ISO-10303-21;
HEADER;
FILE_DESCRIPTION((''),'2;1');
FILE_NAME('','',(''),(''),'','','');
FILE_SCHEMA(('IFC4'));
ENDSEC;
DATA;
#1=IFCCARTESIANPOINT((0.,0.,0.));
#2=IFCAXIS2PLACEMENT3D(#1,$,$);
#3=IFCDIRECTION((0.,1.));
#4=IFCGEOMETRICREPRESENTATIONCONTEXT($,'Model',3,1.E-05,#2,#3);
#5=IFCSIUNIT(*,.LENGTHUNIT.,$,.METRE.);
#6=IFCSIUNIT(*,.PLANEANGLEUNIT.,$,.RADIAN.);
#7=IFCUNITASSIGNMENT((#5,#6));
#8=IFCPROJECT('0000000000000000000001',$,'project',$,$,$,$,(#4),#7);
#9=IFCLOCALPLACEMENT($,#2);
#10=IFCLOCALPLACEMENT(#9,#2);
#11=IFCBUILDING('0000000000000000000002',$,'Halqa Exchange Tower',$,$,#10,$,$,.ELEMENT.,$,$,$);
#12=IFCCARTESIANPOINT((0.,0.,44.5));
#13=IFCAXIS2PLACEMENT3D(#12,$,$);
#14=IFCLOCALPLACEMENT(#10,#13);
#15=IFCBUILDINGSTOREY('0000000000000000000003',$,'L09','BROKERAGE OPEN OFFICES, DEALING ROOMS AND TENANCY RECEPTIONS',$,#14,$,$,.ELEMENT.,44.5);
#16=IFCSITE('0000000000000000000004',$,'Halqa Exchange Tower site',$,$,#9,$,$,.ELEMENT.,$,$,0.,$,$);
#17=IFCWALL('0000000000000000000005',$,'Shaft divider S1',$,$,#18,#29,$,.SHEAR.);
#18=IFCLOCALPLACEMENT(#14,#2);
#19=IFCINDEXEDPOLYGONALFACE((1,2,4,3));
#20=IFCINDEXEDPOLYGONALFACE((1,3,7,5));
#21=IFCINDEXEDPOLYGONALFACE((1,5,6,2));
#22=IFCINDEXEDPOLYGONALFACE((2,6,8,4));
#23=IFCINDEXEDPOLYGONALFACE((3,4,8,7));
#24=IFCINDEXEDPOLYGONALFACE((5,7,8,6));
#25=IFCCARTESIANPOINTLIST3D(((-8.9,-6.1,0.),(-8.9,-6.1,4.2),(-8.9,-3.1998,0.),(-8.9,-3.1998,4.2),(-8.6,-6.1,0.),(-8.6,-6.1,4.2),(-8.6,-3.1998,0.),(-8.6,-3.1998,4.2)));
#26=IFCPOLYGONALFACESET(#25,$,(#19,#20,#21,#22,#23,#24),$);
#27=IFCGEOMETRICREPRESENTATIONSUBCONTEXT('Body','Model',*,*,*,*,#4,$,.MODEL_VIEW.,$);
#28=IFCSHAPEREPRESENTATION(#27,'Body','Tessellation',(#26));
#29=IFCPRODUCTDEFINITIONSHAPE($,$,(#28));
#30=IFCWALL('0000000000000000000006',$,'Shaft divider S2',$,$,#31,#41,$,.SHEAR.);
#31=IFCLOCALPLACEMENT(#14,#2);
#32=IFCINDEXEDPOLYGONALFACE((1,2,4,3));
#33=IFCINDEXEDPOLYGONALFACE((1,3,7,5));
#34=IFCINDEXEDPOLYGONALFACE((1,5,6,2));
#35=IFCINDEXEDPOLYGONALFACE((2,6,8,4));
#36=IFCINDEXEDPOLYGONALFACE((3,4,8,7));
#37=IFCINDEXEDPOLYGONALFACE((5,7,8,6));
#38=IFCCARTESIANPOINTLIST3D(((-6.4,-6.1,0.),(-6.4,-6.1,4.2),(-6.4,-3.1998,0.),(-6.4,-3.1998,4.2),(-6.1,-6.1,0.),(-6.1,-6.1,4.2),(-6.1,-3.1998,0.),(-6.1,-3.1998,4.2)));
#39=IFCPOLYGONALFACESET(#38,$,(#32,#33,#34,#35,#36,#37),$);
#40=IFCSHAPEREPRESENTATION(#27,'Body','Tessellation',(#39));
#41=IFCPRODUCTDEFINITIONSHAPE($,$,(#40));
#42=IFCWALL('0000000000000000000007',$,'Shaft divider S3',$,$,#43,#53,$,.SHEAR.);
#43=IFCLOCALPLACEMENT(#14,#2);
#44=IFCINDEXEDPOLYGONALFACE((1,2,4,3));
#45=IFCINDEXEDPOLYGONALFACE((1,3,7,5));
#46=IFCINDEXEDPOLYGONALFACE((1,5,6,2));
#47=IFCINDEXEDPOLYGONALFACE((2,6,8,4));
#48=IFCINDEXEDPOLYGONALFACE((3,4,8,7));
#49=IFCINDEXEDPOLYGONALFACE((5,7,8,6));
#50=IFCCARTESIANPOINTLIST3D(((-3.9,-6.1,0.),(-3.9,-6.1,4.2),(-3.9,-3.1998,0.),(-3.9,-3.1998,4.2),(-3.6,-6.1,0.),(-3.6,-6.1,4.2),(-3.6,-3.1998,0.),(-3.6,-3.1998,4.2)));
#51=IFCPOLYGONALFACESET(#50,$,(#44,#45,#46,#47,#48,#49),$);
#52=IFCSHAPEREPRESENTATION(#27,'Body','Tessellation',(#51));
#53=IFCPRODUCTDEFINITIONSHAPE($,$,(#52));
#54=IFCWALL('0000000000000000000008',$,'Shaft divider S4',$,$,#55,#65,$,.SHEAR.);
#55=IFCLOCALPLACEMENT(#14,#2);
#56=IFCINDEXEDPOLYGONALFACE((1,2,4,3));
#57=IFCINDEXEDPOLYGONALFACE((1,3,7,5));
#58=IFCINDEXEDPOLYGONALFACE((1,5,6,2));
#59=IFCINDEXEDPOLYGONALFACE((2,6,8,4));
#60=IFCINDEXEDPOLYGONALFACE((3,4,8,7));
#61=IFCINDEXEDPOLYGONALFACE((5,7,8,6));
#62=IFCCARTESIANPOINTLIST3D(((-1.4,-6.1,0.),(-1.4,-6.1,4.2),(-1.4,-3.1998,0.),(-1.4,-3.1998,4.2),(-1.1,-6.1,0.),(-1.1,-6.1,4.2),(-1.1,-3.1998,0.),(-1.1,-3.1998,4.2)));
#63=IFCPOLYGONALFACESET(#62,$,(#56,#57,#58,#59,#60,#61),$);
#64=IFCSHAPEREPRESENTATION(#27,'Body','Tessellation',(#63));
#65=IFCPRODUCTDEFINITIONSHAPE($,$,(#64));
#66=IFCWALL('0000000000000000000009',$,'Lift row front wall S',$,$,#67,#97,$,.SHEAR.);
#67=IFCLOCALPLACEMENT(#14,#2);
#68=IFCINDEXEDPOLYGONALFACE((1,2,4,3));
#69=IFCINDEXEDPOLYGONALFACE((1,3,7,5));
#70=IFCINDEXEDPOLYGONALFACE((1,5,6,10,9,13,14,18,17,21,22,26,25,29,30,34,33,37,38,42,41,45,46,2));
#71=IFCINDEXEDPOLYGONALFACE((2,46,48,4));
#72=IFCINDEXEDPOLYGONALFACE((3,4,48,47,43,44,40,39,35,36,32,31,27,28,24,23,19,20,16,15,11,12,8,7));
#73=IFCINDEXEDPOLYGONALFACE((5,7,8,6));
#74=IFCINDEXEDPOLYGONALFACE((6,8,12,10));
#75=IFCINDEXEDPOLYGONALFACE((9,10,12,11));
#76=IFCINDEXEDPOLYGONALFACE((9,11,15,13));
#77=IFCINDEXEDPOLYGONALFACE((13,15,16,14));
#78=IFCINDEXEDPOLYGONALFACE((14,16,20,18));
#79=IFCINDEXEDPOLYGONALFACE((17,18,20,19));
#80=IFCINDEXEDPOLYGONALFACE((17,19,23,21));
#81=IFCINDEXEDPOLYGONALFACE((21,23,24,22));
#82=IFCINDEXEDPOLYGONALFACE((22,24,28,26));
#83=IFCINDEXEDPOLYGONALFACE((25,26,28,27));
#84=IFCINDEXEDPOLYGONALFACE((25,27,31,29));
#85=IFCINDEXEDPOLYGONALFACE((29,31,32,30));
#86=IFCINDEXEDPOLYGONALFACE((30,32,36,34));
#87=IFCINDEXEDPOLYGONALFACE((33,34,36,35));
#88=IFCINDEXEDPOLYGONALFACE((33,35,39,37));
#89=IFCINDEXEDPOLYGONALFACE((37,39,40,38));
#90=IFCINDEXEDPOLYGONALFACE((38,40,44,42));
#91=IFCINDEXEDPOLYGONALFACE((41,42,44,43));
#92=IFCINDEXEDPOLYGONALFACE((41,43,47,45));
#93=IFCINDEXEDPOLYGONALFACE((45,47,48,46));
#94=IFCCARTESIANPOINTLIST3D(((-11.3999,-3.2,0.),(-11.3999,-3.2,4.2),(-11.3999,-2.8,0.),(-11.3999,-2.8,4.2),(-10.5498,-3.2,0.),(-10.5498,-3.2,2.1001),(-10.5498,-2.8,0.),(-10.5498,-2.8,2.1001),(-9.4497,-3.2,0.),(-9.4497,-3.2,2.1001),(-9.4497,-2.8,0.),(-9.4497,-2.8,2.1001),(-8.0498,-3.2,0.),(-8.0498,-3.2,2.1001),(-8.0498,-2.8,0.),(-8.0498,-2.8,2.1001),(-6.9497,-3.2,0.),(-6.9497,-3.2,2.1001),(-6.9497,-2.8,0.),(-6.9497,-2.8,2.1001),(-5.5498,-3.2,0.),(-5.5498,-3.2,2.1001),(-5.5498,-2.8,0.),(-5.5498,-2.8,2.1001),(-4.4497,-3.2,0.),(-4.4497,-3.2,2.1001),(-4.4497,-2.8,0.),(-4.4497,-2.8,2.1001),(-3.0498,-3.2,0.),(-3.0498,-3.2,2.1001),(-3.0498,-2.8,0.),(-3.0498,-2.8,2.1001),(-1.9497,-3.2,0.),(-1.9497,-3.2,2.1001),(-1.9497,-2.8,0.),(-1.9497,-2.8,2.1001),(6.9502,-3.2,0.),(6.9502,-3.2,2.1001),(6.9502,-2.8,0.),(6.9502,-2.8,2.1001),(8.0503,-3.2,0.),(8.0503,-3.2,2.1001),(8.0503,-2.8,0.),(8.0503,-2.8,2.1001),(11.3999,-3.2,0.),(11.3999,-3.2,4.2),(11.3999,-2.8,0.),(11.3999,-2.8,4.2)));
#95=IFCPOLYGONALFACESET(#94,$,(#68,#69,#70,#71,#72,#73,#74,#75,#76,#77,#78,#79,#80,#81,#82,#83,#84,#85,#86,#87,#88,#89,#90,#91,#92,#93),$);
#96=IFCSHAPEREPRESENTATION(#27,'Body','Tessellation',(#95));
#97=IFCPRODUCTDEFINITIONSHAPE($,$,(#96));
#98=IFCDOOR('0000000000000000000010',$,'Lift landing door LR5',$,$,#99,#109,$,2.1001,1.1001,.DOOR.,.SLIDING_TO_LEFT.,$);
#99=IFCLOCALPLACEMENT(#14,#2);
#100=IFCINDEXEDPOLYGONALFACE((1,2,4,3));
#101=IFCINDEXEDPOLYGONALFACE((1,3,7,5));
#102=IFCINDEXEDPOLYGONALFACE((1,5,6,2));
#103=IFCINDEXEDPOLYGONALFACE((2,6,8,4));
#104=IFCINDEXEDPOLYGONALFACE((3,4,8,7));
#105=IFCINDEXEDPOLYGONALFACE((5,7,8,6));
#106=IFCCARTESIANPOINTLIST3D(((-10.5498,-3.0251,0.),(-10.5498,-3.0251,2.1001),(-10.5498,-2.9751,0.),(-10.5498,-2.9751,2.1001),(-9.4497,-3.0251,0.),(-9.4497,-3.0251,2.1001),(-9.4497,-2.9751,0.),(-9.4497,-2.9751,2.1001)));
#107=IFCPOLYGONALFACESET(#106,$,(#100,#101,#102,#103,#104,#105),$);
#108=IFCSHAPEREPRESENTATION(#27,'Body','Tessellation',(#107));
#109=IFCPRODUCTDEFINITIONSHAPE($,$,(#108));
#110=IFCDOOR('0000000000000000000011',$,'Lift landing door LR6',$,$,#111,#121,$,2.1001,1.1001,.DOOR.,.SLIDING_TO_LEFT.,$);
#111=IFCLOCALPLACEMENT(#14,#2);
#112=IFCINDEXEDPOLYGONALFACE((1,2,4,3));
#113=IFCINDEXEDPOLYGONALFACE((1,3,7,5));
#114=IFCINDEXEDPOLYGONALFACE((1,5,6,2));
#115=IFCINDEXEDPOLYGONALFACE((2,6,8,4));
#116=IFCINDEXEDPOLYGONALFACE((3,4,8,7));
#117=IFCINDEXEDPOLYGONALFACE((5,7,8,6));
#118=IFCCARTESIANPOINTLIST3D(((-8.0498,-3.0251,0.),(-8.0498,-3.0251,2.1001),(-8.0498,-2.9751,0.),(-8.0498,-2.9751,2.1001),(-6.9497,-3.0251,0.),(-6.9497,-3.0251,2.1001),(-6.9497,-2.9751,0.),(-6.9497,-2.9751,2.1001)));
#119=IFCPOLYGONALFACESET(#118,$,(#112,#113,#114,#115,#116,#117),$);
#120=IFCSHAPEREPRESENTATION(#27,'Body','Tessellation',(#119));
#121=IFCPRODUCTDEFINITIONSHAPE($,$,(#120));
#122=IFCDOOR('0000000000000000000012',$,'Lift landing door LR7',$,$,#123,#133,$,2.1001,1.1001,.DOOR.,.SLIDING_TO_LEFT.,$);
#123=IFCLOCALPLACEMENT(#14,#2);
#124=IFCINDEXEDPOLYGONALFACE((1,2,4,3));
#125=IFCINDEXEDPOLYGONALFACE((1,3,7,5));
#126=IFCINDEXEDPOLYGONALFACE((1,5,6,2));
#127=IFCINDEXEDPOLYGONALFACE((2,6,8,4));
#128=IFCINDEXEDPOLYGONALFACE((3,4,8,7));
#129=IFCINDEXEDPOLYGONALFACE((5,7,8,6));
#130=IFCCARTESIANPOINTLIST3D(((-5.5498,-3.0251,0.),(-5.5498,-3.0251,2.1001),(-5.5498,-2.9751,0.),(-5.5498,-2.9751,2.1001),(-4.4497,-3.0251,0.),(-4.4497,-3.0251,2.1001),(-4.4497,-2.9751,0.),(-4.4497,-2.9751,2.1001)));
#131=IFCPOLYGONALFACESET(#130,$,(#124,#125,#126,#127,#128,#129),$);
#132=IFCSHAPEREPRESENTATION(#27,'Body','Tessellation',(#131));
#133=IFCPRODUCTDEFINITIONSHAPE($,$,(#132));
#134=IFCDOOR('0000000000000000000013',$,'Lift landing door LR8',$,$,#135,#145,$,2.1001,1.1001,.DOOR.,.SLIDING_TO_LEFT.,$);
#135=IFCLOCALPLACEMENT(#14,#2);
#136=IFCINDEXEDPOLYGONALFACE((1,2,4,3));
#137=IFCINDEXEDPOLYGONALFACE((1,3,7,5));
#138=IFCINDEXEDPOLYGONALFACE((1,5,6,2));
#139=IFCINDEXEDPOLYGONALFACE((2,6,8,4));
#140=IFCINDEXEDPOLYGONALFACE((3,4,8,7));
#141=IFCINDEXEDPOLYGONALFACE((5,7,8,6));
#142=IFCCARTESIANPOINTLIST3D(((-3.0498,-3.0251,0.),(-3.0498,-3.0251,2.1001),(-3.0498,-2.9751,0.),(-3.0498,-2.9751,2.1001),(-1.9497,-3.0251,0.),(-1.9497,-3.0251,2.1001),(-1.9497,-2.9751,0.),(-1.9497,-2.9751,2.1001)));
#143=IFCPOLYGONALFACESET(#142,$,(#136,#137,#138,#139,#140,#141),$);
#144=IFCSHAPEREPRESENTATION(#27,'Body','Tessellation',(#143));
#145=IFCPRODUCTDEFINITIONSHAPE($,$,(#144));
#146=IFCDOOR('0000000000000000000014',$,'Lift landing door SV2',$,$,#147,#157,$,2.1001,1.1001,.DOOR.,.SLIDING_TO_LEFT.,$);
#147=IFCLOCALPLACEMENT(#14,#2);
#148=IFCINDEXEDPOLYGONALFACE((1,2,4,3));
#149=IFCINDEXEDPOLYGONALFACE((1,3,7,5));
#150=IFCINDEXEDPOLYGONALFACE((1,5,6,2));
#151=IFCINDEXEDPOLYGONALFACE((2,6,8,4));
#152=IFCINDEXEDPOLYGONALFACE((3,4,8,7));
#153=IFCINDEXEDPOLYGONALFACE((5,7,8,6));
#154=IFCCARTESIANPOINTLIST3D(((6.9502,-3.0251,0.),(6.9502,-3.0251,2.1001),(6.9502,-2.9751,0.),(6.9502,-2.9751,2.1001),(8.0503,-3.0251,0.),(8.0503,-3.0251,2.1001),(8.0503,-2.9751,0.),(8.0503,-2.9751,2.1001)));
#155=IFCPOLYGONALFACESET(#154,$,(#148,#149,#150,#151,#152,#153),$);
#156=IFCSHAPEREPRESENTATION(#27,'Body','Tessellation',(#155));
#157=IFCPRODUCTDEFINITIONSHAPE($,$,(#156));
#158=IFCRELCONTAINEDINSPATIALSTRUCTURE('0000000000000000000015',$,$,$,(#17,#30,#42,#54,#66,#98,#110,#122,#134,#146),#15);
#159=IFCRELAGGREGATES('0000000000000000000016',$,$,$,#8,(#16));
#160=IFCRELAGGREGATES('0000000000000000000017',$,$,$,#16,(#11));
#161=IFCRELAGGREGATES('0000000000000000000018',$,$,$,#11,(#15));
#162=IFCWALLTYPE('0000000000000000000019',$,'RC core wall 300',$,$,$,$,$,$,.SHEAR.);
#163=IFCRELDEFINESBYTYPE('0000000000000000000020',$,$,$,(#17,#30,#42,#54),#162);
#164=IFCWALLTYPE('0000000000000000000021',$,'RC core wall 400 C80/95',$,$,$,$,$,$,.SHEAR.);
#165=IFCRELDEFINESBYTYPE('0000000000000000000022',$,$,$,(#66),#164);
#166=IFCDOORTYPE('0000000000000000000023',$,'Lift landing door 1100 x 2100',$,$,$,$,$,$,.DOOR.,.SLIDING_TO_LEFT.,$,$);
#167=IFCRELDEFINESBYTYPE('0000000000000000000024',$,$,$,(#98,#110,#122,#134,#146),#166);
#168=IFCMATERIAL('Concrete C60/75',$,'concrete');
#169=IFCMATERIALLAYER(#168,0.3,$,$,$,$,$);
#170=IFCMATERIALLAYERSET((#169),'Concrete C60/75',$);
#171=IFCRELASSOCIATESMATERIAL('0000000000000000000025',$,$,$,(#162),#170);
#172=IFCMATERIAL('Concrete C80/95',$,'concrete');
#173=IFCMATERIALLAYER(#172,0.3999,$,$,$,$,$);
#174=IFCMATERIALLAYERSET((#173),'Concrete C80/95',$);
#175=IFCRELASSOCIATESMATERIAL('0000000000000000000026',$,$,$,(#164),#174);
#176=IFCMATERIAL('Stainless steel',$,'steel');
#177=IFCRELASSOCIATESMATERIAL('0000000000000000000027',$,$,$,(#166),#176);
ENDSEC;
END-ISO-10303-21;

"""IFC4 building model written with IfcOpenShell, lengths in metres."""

from ifc_helpers import new_model, si_unit, direction, frame, frame_2d, origin, place, context, subcontext, project, spatial, rectangle, extrude, material, layer, layer_set, type_object, element, fill, save


model = new_model("IFC4")

# Units and contexts
model_context = context("Model", 3, precision=1e-05, world=origin(), true_north=direction((0.0, 1.0)))
body_context = subcontext(model_context, "Body", "Model", "MODEL_VIEW")
ifc_project = project(units=[si_unit("LENGTHUNIT", "METRE"), si_unit("PLANEANGLEUNIT", "RADIAN")], contexts=[model_context])

# Site, building, storey
site_placement = place(None, origin())
site = spatial("IfcSite", under=ifc_project, at=site_placement, Name="Halqa Exchange Tower site", CompositionType="ELEMENT", RefElevation=0.0)
building_placement = place(site_placement, origin())
building = spatial("IfcBuilding", under=site, at=building_placement, Name="Halqa Exchange Tower", CompositionType="ELEMENT")
storey_placement = place(building_placement, frame((0.0, 0.0, 44.5)))
storey = spatial("IfcBuildingStorey", under=building, at=storey_placement, Name="L09", Description="BROKERAGE OPEN OFFICES, DEALING ROOMS AND TENANCY RECEPTIONS", CompositionType="ELEMENT", Elevation=44.5)

# Walls
ifc_material_1 = material(Name="Concrete C60/75", Category="concrete")
ifc_layer_1 = layer(ifc_material_1, 0.3)
ifc_layer_set_1 = layer_set([ifc_layer_1], Name="Concrete C60/75")
wall_type_1 = type_object("IfcWallType", Name="RC core wall 300", PredefinedType="SHEAR", material=ifc_layer_set_1)
for number, where, z_axis, x_axis, name in (
    (1, (-8.75, -6.1001, 0.0), (0.0, 0.0, 1.0), (0.0, 1.0, 0.0), "Shaft divider S1"),
    (2, (-6.25, -6.1001, 0.0), (0.0, 0.0, 1.0), (0.0, 1.0, 0.0), "Shaft divider S2"),
    (3, (-3.75, -6.1001, 0.0), (0.0, 0.0, 1.0), (0.0, 1.0, 0.0), "Shaft divider S3"),
    (4, (-1.25, -6.1001, 0.0), (0.0, 0.0, 1.0), (0.0, 1.0, 0.0), "Shaft divider S4"),
):
    element("IfcWall", number, at=place(storey_placement, frame(where, z_axis=z_axis, x_axis=x_axis)), inside=storey, type_object=wall_type_1, Name=name, PredefinedType="SHEAR", context=body_context, shape_type="SweptSolid", body=[
        extrude(rectangle(XDim=2.9001, YDim=0.3, at=frame_2d((1.4502, 0.0))), origin(), (0.0, 0.0, 1.0), 4.2),
    ])

# Wall, openings, doors
ifc_material_2 = material(Name="Concrete C80/95", Category="concrete")
ifc_layer_2 = layer(ifc_material_2, 0.3999)
ifc_layer_set_2 = layer_set([ifc_layer_2], Name="Concrete C80/95")
wall_type_2 = type_object("IfcWallType", Name="RC core wall 400 C80/95", PredefinedType="SHEAR", material=ifc_layer_set_2)
wall_1_placement = place(storey_placement, frame((-11.3999, -3.0, 0.0), z_axis=(0.0, 0.0, 1.0), x_axis=(1.0, 0.0, 0.0)))
wall_1 = element("IfcWall", 5, at=wall_1_placement, inside=storey, type_object=wall_type_2, Name="Lift row front wall S", PredefinedType="SHEAR", context=body_context, shape_type="SweptSolid", body=[
    extrude(rectangle(XDim=22.7998, YDim=0.3999, at=frame_2d((11.3999, 0.0))), origin(), (0.0, 0.0, 1.0), 4.2),
])
opening_1_placement = place(wall_1_placement, frame((0.8501, 0.0, 0.0)))
opening_1 = element("IfcOpeningElement", 6, at=opening_1_placement, cuts=wall_1, PredefinedType="OPENING", context=body_context, shape_type="SweptSolid", body=[
    extrude(rectangle(XDim=1.1001, YDim=2.1001, at=frame_2d((0.55, 1.05))), frame((0.0, 0.2119, 0.0), z_axis=(0.0, -1.0, 0.0), x_axis=(1.0, 0.0, 0.0)), (0.0, 0.0, 1.0), 0.4238),
])
opening_2_placement = place(wall_1_placement, frame((3.3501, 0.0, 0.0)))
opening_2 = element("IfcOpeningElement", 7, at=opening_2_placement, cuts=wall_1, PredefinedType="OPENING", context=body_context, shape_type="SweptSolid", body=[
    extrude(rectangle(XDim=1.1001, YDim=2.1001, at=frame_2d((0.55, 1.05))), frame((0.0, 0.2119, 0.0), z_axis=(0.0, -1.0, 0.0), x_axis=(1.0, 0.0, 0.0)), (0.0, 0.0, 1.0), 0.4238),
])
opening_3_placement = place(wall_1_placement, frame((5.8501, 0.0, 0.0)))
opening_3 = element("IfcOpeningElement", 8, at=opening_3_placement, cuts=wall_1, PredefinedType="OPENING", context=body_context, shape_type="SweptSolid", body=[
    extrude(rectangle(XDim=1.1001, YDim=2.1001, at=frame_2d((0.55, 1.05))), frame((0.0, 0.2119, 0.0), z_axis=(0.0, -1.0, 0.0), x_axis=(1.0, 0.0, 0.0)), (0.0, 0.0, 1.0), 0.4238),
])
opening_4_placement = place(wall_1_placement, frame((8.3501, 0.0, 0.0)))
opening_4 = element("IfcOpeningElement", 9, at=opening_4_placement, cuts=wall_1, PredefinedType="OPENING", context=body_context, shape_type="SweptSolid", body=[
    extrude(rectangle(XDim=1.1001, YDim=2.1001, at=frame_2d((0.55, 1.05))), frame((0.0, 0.2119, 0.0), z_axis=(0.0, -1.0, 0.0), x_axis=(1.0, 0.0, 0.0)), (0.0, 0.0, 1.0), 0.4238),
])
opening_5_placement = place(wall_1_placement, frame((18.3501, 0.0, 0.0)))
opening_5 = element("IfcOpeningElement", 10, at=opening_5_placement, cuts=wall_1, PredefinedType="OPENING", context=body_context, shape_type="SweptSolid", body=[
    extrude(rectangle(XDim=1.1001, YDim=2.1001, at=frame_2d((0.55, 1.05))), frame((0.0, 0.2119, 0.0), z_axis=(0.0, -1.0, 0.0), x_axis=(1.0, 0.0, 0.0)), (0.0, 0.0, 1.0), 0.4238),
])
ifc_material_3 = material(Name="Stainless steel", Category="steel")
door_type = type_object("IfcDoorType", Name="Lift landing door 1100 x 2100", OperationType="SLIDING_TO_LEFT", PredefinedType="DOOR", material=ifc_material_3)
door_1_placement = place(opening_1_placement, origin())
door_1 = element("IfcDoor", 11, at=door_1_placement, inside=storey, type_object=door_type, Name="Lift landing door LR5", OperationType="SLIDING_TO_LEFT", OverallHeight=2.1001, OverallWidth=1.1001, PredefinedType="DOOR", context=body_context, shape_type="SweptSolid", body=[
    extrude(rectangle(XDim=1.1001, YDim=2.1001, at=frame_2d((0.55, 1.05))), frame((0.0, 0.0249, 0.0), z_axis=(0.0, -1.0, 0.0), x_axis=(1.0, 0.0, 0.0)), (0.0, 0.0, 1.0), 0.05),
])
fill(opening_1, door_1)
door_2_placement = place(opening_2_placement, origin())
door_2 = element("IfcDoor", 12, at=door_2_placement, inside=storey, type_object=door_type, Name="Lift landing door LR6", OperationType="SLIDING_TO_LEFT", OverallHeight=2.1001, OverallWidth=1.1001, PredefinedType="DOOR", context=body_context, shape_type="SweptSolid", body=[
    extrude(rectangle(XDim=1.1001, YDim=2.1001, at=frame_2d((0.55, 1.05))), frame((0.0, 0.0249, 0.0), z_axis=(0.0, -1.0, 0.0), x_axis=(1.0, 0.0, 0.0)), (0.0, 0.0, 1.0), 0.05),
])
fill(opening_2, door_2)
door_3_placement = place(opening_3_placement, origin())
door_3 = element("IfcDoor", 13, at=door_3_placement, inside=storey, type_object=door_type, Name="Lift landing door LR7", OperationType="SLIDING_TO_LEFT", OverallHeight=2.1001, OverallWidth=1.1001, PredefinedType="DOOR", context=body_context, shape_type="SweptSolid", body=[
    extrude(rectangle(XDim=1.1001, YDim=2.1001, at=frame_2d((0.55, 1.05))), frame((0.0, 0.0249, 0.0), z_axis=(0.0, -1.0, 0.0), x_axis=(1.0, 0.0, 0.0)), (0.0, 0.0, 1.0), 0.05),
])
fill(opening_3, door_3)
door_4_placement = place(opening_4_placement, origin())
door_4 = element("IfcDoor", 14, at=door_4_placement, inside=storey, type_object=door_type, Name="Lift landing door LR8", OperationType="SLIDING_TO_LEFT", OverallHeight=2.1001, OverallWidth=1.1001, PredefinedType="DOOR", context=body_context, shape_type="SweptSolid", body=[
    extrude(rectangle(XDim=1.1001, YDim=2.1001, at=frame_2d((0.55, 1.05))), frame((0.0, 0.0249, 0.0), z_axis=(0.0, -1.0, 0.0), x_axis=(1.0, 0.0, 0.0)), (0.0, 0.0, 1.0), 0.05),
])
fill(opening_4, door_4)
door_5_placement = place(opening_5_placement, origin())
door_5 = element("IfcDoor", 15, at=door_5_placement, inside=storey, type_object=door_type, Name="Lift landing door SV2", OperationType="SLIDING_TO_LEFT", OverallHeight=2.1001, OverallWidth=1.1001, PredefinedType="DOOR", context=body_context, shape_type="SweptSolid", body=[
    extrude(rectangle(XDim=1.1001, YDim=2.1001, at=frame_2d((0.55, 1.05))), frame((0.0, 0.0249, 0.0), z_axis=(0.0, -1.0, 0.0), x_axis=(1.0, 0.0, 0.0)), (0.0, 0.0, 1.0), 0.05),
])
fill(opening_5, door_5)

save(model, "model.ifc")
